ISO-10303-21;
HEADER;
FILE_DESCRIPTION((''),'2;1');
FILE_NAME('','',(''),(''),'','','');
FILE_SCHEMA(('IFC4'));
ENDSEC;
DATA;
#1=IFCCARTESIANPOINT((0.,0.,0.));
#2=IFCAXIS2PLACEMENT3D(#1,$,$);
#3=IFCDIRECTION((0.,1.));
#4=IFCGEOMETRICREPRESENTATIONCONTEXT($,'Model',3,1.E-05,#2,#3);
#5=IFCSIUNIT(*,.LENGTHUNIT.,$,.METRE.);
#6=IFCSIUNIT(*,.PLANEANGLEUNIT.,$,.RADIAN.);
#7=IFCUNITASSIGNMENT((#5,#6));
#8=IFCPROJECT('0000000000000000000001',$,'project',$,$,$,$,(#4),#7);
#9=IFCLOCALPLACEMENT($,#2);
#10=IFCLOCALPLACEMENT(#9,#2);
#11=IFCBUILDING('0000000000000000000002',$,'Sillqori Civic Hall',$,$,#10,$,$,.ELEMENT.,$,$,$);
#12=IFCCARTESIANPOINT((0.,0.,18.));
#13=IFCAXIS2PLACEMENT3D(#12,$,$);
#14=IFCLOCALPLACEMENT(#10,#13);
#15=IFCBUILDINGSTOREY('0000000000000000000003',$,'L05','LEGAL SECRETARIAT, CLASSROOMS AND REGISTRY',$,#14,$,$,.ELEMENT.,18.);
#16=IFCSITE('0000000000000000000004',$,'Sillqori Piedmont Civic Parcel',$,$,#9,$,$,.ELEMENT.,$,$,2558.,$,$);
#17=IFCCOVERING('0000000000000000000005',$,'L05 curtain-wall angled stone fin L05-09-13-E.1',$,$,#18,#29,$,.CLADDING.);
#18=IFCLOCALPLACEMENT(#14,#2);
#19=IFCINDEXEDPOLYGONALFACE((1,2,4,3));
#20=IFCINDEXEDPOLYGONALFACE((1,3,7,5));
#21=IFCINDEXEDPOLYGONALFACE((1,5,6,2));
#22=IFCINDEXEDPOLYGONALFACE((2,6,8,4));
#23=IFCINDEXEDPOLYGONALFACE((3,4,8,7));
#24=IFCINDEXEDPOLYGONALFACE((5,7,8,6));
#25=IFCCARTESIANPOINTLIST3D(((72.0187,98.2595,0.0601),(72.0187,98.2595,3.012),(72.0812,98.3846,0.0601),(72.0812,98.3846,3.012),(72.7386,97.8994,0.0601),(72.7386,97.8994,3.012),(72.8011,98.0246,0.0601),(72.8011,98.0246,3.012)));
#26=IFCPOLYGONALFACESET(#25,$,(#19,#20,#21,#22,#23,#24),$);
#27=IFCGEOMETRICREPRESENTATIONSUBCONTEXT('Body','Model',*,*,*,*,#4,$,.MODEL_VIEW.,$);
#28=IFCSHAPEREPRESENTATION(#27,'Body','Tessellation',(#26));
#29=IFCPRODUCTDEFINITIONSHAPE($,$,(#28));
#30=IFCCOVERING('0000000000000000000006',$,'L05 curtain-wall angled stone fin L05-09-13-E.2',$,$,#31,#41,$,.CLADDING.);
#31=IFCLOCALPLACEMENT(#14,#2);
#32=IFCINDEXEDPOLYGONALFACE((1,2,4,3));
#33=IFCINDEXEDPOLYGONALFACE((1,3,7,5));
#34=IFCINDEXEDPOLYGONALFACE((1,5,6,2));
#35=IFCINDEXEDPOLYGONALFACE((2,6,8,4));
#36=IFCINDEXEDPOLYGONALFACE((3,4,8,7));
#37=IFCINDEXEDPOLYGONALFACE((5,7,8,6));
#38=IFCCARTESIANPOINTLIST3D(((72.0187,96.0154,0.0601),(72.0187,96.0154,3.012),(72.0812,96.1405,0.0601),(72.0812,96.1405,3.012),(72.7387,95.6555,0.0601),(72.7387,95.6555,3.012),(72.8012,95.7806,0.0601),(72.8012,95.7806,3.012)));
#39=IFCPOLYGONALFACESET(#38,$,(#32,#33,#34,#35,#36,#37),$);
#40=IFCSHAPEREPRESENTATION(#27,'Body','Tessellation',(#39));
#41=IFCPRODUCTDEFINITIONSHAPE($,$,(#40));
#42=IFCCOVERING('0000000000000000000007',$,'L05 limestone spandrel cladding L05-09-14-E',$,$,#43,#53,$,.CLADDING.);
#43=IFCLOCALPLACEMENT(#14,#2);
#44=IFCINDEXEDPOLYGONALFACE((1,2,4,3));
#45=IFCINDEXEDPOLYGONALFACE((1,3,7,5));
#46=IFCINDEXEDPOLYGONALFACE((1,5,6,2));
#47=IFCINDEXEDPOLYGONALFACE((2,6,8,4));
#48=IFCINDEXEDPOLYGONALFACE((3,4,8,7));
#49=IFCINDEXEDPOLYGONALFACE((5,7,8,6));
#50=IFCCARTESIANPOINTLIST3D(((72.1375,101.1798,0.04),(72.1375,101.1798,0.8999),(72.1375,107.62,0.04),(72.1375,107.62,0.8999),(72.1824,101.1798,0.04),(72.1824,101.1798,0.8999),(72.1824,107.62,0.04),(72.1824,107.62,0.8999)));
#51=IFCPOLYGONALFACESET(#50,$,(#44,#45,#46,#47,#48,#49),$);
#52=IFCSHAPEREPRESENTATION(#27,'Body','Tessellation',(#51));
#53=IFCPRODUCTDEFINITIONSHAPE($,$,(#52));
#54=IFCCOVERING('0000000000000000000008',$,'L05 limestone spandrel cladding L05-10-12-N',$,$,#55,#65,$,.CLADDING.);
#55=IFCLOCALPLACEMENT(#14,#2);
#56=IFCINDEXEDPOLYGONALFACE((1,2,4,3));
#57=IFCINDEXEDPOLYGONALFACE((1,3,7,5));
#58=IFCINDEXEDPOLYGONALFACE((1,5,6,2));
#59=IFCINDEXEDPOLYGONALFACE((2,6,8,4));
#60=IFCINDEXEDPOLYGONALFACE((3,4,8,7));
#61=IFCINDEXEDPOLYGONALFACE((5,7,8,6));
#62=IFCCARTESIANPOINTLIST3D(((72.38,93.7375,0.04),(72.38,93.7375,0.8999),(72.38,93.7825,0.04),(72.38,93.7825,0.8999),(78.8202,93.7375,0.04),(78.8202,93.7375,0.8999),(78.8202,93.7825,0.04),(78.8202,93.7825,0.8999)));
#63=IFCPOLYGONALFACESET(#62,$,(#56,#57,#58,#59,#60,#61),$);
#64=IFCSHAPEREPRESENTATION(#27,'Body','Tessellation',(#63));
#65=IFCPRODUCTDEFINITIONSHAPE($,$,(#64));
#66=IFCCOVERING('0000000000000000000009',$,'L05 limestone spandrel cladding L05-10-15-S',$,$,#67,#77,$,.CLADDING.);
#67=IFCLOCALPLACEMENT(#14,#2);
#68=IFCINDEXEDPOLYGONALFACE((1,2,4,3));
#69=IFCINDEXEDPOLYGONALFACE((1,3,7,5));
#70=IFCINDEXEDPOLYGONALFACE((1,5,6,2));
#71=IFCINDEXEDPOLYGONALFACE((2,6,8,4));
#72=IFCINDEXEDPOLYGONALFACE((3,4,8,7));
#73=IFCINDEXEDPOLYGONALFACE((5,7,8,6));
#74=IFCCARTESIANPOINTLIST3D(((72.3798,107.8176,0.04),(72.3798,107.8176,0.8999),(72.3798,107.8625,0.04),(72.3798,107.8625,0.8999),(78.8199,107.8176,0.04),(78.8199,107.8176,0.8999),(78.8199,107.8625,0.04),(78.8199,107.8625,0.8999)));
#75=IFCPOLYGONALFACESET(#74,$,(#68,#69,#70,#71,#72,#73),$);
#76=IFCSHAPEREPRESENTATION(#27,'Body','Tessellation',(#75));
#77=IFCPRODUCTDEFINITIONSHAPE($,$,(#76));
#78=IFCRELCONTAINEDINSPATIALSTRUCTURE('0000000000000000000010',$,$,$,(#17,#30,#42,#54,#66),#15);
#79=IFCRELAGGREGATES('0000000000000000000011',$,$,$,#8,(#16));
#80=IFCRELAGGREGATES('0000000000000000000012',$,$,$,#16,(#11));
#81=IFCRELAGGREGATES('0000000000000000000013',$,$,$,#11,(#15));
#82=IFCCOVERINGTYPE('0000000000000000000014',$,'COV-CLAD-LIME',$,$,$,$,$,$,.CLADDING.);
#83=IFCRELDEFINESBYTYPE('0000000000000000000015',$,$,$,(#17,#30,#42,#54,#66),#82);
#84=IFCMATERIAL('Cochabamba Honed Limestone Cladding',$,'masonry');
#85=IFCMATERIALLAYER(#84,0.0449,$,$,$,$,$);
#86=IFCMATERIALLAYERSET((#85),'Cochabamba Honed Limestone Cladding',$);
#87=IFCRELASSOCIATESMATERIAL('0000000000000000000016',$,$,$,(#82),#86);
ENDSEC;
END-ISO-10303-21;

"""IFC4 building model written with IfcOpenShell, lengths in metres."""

from ifc_helpers import new_model, si_unit, direction, frame, frame_2d, origin, place, context, subcontext, project, spatial, rectangle, extrude, material, layer, layer_set, type_object, element, save


model = new_model("IFC4")

# Units and contexts
model_context = context("Model", 3, precision=1e-05, world=origin(), true_north=direction((0.0, 1.0)))
body_context = subcontext(model_context, "Body", "Model", "MODEL_VIEW")
ifc_project = project(units=[si_unit("LENGTHUNIT", "METRE"), si_unit("PLANEANGLEUNIT", "RADIAN")], contexts=[model_context])

# Site, building, storey
site_placement = place(None, origin())
site = spatial("IfcSite", under=ifc_project, at=site_placement, Name="Sillqori Piedmont Civic Parcel", CompositionType="ELEMENT", RefElevation=2558.0)
building_placement = place(site_placement, origin())
building = spatial("IfcBuilding", under=site, at=building_placement, Name="Sillqori Civic Hall", CompositionType="ELEMENT")
storey_placement = place(building_placement, frame((0.0, 0.0, 18.0)))
storey = spatial("IfcBuildingStorey", under=building, at=storey_placement, Name="L05", Description="LEGAL SECRETARIAT, CLASSROOMS AND REGISTRY", CompositionType="ELEMENT", Elevation=18.0)

# Coverings
ifc_material_1 = material(Name="Cochabamba Honed Limestone Cladding", Category="masonry")
ifc_layer_1 = layer(ifc_material_1, 0.0449)
ifc_layer_set_1 = layer_set([ifc_layer_1], Name="Cochabamba Honed Limestone Cladding")
covering_type = type_object("IfcCoveringType", Name="COV-CLAD-LIME", PredefinedType="CLADDING", material=ifc_layer_set_1)
for number, where, z_axis, x_axis, name in (
    (1, (72.05, 98.322, 0.0601), (0.0, 0.0, 1.0), (0.894367, -0.447335, 0.0), "L05 curtain-wall angled stone fin L05-09-13-E.1"),
    (2, (72.05, 96.0779, 0.0601), (0.0, 0.0, 1.0), (0.894488, -0.447092, 0.0), "L05 curtain-wall angled stone fin L05-09-13-E.2"),
):
    element("IfcCovering", number, at=place(storey_placement, frame(where, z_axis=z_axis, x_axis=x_axis)), inside=storey, type_object=covering_type, Name=name, PredefinedType="CLADDING", context=body_context, shape_type="SweptSolid", body=[
        extrude(rectangle(XDim=0.8049, YDim=0.1399, at=frame_2d((0.4023, 0.0))), origin(), (0.0, 0.0, 1.0), 2.9519),
    ])
for number, where, z_axis, x_axis, name in (
    (3, (72.1599, 107.6201, 0.04), (0.0, 0.0, 1.0), (0.0, -1.0, 0.0), "L05 limestone spandrel cladding L05-09-14-E"),
    (4, (72.3799, 93.76, 0.04), (0.0, 0.0, 1.0), (1.0, 0.0, 0.0), "L05 limestone spandrel cladding L05-10-12-N"),
    (5, (78.8201, 107.8401, 0.04), (0.0, 0.0, 1.0), (-1.0, 0.0, 0.0), "L05 limestone spandrel cladding L05-10-15-S"),
):
    element("IfcCovering", number, at=place(storey_placement, frame(where, z_axis=z_axis, x_axis=x_axis)), inside=storey, type_object=covering_type, Name=name, PredefinedType="CLADDING", context=body_context, shape_type="SweptSolid", body=[
        extrude(rectangle(XDim=6.4402, YDim=0.0449, at=frame_2d((3.2202, 0.0))), origin(), (0.0, 0.0, 1.0), 0.8599),
    ])

save(model, "model.ifc")
